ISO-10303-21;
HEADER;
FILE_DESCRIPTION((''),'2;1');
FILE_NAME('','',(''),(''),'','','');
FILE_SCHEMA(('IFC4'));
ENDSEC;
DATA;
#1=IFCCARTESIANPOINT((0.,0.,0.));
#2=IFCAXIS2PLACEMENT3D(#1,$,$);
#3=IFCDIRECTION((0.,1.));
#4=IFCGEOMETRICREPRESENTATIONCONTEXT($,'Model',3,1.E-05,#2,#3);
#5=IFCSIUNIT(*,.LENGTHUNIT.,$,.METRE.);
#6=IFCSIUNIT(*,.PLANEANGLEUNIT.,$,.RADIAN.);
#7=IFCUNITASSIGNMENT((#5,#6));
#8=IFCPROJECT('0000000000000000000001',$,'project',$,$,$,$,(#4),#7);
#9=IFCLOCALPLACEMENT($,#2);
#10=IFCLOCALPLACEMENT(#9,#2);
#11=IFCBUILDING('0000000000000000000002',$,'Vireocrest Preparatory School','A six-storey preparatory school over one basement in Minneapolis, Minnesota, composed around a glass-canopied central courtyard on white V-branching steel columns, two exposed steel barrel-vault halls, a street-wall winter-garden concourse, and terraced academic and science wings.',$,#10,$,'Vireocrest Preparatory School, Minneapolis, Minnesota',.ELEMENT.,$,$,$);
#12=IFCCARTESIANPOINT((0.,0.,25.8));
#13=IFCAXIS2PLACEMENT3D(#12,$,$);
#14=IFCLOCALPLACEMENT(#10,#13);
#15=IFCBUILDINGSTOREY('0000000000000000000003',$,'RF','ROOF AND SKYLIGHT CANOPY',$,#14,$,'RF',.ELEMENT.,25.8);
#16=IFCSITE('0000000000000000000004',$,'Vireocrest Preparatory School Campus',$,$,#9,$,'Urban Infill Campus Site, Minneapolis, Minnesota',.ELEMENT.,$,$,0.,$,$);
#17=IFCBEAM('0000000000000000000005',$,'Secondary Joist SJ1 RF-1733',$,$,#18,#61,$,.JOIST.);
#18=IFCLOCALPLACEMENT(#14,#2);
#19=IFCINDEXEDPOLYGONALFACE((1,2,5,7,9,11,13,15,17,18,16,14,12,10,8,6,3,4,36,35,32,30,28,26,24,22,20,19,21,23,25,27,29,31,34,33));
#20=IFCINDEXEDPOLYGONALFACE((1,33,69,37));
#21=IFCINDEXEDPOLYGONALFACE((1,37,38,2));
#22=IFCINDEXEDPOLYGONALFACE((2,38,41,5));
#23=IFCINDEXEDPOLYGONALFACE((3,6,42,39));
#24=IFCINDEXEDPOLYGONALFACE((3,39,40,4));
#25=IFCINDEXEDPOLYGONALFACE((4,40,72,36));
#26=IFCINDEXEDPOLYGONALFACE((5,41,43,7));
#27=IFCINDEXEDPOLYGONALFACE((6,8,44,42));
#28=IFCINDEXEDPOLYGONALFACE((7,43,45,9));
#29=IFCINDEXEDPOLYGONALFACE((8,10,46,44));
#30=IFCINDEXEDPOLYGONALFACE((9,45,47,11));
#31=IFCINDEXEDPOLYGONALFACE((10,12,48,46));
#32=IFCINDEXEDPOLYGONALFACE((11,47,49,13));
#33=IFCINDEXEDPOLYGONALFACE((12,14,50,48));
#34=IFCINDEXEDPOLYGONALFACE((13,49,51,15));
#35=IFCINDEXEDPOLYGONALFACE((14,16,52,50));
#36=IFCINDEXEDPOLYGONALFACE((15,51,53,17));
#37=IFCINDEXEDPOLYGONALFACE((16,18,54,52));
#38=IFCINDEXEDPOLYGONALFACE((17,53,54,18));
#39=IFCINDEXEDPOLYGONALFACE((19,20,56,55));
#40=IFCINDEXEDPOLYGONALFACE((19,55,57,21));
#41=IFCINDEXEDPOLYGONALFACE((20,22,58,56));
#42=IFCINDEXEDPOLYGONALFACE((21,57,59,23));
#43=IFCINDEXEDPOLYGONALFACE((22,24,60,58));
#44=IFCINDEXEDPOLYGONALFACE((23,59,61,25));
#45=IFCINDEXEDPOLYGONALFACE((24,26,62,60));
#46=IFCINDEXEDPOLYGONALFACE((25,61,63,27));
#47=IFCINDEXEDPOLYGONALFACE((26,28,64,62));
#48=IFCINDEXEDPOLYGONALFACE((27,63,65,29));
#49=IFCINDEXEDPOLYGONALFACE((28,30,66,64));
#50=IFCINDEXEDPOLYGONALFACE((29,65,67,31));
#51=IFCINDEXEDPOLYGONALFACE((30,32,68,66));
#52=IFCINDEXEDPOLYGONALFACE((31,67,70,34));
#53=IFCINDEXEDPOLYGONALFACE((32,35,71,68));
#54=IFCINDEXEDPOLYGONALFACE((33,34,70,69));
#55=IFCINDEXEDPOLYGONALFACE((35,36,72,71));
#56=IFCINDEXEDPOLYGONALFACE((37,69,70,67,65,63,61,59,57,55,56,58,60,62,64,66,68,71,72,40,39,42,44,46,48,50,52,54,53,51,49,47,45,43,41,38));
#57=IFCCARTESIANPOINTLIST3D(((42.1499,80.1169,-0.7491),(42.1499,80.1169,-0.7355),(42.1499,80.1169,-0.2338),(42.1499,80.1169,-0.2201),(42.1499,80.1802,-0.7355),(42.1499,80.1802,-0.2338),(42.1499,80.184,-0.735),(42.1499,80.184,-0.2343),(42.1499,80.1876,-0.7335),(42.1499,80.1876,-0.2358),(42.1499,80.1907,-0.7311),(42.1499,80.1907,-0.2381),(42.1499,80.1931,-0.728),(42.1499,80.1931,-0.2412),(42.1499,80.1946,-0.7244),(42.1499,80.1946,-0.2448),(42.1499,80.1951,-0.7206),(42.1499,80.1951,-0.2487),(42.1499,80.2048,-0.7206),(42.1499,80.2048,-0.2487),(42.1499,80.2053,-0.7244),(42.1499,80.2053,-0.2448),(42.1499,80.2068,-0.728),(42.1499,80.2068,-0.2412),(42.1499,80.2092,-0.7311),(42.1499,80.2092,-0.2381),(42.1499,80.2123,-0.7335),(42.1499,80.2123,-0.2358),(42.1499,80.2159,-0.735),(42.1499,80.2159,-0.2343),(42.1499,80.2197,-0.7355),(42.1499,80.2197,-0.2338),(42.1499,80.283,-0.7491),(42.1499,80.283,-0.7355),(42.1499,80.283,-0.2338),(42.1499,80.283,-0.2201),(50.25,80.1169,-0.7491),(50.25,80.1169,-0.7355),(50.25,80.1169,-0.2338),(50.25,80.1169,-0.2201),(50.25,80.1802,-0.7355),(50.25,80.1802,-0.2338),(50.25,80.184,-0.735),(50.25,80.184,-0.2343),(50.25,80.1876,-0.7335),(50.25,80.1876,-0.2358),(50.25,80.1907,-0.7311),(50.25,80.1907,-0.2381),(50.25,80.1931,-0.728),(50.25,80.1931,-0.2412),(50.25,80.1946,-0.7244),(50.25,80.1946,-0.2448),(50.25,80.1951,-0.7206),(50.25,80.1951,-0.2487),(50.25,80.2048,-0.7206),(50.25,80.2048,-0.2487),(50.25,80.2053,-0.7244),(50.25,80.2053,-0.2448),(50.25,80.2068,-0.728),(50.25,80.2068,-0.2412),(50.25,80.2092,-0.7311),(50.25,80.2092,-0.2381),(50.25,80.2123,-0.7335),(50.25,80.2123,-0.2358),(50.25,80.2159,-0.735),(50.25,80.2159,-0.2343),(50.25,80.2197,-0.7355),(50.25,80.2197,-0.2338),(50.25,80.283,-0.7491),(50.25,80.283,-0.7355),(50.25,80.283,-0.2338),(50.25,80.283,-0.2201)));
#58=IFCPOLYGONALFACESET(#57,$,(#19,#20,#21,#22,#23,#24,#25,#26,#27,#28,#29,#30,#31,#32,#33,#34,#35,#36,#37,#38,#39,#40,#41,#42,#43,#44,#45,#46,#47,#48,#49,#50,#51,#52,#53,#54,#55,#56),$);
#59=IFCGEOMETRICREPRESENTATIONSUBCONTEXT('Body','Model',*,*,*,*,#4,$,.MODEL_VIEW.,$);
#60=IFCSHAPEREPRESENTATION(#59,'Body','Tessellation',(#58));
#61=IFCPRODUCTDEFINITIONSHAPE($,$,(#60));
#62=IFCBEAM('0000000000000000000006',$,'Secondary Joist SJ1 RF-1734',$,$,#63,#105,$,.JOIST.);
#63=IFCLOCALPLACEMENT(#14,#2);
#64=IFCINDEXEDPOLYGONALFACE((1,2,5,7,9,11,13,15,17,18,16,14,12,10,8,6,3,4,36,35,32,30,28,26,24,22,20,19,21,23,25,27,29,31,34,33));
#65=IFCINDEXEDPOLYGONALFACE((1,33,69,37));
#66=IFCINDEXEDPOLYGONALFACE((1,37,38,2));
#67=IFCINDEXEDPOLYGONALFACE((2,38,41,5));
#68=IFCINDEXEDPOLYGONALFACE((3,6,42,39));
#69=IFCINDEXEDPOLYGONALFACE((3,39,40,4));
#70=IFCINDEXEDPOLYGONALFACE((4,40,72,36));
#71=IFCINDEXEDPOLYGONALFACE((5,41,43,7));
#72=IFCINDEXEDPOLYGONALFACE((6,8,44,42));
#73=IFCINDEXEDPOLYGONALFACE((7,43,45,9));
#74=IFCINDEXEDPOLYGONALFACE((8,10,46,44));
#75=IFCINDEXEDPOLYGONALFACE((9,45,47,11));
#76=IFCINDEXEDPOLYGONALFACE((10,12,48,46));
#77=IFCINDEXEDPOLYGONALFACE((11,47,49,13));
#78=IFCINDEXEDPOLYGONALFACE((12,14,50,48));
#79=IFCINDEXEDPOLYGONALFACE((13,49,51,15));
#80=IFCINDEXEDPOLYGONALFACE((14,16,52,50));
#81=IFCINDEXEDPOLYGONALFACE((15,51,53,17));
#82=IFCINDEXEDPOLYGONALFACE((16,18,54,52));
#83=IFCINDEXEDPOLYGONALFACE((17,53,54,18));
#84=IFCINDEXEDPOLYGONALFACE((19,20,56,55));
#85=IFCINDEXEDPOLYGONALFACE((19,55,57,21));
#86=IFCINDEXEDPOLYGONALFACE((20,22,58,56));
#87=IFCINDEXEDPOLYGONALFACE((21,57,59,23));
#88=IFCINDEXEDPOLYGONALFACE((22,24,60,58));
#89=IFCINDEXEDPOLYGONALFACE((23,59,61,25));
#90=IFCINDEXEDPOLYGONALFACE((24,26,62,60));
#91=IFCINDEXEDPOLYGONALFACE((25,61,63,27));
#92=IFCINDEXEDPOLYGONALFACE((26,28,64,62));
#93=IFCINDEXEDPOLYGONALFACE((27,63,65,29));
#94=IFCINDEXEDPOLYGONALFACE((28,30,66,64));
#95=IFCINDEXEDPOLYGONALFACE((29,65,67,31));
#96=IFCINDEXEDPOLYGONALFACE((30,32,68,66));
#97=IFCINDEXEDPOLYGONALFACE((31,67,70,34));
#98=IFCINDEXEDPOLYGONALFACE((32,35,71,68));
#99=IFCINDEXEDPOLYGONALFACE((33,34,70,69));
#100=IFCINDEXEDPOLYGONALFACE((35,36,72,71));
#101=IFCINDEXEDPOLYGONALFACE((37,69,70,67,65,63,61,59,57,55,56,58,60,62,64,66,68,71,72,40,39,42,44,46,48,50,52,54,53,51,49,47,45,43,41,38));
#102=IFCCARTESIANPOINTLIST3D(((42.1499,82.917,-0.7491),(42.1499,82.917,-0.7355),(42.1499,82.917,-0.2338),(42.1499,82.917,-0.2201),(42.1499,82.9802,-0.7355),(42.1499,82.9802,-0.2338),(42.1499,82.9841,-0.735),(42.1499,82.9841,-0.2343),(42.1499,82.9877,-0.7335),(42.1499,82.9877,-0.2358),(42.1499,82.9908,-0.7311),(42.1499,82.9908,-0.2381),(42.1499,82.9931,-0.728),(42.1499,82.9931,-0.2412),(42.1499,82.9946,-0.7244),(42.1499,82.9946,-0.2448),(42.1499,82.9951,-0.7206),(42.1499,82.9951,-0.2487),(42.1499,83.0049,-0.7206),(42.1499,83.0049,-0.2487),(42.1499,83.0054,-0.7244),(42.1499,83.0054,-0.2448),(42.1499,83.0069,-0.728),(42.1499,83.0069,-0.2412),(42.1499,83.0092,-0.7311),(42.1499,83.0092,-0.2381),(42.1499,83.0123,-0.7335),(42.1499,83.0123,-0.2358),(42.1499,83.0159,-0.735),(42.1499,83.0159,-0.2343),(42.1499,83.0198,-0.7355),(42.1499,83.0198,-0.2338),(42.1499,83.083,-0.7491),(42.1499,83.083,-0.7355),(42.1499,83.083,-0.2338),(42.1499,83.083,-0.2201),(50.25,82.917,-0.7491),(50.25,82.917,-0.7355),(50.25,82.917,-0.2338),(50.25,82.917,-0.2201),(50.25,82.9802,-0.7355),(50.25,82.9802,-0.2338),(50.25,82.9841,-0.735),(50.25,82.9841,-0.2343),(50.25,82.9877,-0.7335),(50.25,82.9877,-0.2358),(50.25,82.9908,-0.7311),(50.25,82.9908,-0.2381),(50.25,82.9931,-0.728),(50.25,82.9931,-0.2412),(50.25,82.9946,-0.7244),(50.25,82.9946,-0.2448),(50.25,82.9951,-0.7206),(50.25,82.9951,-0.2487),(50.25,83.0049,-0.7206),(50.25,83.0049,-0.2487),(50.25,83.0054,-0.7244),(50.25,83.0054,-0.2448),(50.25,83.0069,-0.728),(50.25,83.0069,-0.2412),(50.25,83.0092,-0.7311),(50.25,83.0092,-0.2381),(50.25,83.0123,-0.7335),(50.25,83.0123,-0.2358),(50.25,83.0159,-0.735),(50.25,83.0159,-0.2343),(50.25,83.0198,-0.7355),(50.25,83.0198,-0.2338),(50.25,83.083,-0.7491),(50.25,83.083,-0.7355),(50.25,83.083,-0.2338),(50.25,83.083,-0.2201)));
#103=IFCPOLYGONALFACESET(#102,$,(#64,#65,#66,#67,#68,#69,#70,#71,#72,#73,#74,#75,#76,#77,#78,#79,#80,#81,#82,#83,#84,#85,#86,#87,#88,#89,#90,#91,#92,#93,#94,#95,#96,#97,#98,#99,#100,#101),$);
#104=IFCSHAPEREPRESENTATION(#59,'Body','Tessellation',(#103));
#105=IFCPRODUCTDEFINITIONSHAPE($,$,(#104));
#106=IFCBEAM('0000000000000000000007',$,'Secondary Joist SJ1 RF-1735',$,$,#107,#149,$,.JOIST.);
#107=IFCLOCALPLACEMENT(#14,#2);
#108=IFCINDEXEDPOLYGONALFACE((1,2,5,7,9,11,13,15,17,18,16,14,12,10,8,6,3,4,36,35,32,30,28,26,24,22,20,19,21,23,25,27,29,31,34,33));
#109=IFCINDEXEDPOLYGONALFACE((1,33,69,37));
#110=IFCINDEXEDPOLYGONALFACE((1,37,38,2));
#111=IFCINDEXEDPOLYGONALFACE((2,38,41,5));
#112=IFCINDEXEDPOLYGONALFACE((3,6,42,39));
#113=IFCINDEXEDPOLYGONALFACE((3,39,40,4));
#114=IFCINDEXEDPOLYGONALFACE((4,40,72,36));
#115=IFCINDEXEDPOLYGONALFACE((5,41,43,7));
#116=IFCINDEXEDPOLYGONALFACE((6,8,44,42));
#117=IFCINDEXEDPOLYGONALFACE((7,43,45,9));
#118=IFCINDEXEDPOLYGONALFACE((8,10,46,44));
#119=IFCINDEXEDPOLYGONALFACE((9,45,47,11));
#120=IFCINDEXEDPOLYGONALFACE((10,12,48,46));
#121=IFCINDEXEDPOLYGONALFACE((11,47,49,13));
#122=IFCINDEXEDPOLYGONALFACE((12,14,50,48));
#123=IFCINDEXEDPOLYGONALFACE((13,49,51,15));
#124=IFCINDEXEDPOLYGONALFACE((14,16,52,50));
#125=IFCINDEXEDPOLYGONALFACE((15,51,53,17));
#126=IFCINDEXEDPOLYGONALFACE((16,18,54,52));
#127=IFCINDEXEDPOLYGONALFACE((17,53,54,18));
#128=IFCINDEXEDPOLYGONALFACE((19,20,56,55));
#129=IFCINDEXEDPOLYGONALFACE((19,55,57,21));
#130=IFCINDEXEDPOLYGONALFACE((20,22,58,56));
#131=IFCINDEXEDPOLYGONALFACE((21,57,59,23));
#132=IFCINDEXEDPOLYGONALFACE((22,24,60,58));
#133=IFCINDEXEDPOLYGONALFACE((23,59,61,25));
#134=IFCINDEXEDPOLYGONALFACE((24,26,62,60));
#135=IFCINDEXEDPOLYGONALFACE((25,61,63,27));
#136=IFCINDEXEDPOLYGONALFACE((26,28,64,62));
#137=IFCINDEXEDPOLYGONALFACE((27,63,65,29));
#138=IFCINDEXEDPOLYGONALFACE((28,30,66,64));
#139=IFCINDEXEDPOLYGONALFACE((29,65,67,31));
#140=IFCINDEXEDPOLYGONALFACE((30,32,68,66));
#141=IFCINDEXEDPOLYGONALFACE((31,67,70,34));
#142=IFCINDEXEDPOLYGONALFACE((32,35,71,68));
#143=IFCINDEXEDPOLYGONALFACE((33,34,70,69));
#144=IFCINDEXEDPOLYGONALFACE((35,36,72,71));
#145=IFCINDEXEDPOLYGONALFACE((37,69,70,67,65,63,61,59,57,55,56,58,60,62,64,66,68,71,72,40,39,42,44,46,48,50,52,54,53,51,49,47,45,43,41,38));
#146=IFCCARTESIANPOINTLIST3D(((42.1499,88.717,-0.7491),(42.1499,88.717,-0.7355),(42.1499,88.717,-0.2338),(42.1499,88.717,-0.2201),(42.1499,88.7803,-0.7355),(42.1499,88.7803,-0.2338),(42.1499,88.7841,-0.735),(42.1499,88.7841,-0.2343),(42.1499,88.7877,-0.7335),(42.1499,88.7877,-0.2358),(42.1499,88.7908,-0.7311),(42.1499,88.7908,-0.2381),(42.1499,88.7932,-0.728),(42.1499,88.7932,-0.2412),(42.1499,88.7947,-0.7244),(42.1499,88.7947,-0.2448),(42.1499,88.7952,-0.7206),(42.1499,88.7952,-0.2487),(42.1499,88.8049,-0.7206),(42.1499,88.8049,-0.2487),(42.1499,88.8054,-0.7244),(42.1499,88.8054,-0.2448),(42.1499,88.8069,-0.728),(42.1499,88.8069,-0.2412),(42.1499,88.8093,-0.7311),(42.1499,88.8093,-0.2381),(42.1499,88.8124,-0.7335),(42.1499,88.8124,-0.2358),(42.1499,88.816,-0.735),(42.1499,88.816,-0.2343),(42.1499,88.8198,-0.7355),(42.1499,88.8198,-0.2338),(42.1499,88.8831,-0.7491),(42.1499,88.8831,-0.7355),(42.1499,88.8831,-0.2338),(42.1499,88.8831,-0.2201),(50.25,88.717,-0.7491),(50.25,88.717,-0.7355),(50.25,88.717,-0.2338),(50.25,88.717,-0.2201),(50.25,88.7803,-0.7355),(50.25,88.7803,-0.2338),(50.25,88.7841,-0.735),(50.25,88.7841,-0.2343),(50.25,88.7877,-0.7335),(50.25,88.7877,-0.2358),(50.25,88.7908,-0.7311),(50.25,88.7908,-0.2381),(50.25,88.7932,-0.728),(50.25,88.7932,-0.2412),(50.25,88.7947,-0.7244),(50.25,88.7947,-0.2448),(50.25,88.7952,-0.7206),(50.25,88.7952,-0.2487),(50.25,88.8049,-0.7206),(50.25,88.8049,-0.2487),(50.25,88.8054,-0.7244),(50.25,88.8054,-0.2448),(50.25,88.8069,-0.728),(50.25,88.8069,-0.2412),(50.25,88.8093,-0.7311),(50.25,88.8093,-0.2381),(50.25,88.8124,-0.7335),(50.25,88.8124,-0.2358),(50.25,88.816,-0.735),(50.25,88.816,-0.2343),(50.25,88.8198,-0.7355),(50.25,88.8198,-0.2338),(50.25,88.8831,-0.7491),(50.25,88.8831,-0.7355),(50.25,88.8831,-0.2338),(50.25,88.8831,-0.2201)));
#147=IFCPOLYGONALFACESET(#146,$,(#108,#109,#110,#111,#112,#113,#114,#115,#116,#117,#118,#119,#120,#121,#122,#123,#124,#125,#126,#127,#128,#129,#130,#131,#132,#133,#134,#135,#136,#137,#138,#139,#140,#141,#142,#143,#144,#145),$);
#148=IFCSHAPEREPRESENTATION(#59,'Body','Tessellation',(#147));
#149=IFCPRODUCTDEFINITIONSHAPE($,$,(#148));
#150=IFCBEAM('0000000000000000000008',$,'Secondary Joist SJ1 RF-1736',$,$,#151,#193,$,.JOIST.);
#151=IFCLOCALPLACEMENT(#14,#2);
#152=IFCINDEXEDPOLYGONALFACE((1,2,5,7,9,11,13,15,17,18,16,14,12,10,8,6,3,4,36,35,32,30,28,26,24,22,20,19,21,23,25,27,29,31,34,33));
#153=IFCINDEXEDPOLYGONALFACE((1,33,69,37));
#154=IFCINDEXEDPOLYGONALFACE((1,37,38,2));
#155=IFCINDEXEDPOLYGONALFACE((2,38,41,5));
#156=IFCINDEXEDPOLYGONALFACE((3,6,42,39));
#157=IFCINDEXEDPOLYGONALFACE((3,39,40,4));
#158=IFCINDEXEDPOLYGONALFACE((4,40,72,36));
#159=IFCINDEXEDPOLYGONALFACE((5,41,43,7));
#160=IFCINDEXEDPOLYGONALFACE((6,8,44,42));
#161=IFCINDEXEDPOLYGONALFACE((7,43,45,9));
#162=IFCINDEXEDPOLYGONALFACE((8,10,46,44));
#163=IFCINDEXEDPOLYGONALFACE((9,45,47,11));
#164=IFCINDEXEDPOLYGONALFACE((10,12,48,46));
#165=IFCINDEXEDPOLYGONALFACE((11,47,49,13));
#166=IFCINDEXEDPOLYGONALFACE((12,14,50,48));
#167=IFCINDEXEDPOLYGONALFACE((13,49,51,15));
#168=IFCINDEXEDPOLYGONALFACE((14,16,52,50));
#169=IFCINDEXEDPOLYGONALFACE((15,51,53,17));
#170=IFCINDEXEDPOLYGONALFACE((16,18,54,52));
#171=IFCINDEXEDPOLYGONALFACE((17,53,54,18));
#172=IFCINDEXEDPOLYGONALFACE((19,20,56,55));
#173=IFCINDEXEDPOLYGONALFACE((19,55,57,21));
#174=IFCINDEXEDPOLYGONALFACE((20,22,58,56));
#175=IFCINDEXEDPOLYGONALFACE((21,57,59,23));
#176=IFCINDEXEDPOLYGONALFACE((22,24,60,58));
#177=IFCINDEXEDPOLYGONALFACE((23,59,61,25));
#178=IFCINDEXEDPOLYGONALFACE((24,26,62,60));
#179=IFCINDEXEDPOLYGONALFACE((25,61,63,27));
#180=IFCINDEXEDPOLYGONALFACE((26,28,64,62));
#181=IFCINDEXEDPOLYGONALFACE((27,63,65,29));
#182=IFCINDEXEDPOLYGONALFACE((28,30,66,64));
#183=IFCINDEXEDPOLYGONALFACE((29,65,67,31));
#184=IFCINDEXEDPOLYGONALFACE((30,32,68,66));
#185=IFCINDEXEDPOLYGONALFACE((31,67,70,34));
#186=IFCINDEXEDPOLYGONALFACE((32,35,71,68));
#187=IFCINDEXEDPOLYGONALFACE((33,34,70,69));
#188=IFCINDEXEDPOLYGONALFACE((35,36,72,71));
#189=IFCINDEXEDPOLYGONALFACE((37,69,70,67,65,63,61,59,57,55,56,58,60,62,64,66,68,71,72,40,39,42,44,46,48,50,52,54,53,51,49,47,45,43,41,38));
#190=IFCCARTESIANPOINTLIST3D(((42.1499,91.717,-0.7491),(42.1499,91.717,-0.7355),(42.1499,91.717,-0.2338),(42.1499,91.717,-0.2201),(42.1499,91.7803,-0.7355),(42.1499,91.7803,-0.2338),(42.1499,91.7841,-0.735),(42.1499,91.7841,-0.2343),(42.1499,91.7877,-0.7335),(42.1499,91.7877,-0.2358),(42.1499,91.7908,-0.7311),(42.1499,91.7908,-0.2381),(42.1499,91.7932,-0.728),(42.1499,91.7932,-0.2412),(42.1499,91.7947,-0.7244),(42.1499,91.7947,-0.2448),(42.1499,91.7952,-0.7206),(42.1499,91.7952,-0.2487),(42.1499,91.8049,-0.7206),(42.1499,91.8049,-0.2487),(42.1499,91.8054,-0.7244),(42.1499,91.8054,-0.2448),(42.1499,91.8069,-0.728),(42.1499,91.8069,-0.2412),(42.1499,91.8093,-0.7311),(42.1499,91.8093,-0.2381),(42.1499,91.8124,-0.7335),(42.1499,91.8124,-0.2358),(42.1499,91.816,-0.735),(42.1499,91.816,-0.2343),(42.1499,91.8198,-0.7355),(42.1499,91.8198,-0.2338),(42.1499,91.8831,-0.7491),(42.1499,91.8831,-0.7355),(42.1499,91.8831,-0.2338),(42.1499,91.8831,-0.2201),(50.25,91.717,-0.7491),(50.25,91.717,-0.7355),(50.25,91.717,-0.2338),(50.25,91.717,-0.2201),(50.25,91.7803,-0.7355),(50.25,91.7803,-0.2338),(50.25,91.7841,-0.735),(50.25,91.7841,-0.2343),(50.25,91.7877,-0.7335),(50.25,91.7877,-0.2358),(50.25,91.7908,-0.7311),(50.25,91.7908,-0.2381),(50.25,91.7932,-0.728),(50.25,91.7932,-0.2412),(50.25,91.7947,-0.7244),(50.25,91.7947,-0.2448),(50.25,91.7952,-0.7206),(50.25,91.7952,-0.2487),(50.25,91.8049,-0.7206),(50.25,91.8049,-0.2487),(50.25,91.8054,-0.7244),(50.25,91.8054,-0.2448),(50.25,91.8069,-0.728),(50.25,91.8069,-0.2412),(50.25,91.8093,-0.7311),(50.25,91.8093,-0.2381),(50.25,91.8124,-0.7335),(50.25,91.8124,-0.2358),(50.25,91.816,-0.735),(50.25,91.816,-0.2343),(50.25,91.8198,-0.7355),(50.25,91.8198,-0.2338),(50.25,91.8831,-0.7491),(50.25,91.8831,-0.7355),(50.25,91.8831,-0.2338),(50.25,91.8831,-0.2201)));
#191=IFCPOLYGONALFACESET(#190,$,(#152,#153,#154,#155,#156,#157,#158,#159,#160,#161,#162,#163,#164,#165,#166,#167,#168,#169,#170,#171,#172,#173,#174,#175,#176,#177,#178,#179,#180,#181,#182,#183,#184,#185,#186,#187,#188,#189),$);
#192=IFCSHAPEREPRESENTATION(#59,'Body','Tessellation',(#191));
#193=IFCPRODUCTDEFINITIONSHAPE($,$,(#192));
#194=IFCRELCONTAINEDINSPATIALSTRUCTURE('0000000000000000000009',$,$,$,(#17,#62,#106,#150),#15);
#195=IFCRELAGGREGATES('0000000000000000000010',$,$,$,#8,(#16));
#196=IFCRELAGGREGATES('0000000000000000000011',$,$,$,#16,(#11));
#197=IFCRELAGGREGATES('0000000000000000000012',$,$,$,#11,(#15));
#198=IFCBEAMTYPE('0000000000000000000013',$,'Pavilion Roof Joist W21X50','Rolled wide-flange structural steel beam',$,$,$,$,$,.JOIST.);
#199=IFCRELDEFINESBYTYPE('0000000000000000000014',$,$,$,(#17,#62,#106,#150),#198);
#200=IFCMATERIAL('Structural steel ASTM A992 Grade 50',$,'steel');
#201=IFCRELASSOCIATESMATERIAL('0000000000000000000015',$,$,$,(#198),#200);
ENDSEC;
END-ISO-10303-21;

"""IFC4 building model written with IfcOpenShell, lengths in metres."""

from ifc_helpers import new_model, si_unit, direction, frame, origin, origin_2d, place, context, subcontext, project, spatial, i_section, extrude, material, material_profile, profile_set, type_object, element, save


model = new_model("IFC4")

# Units and contexts
model_context = context("Model", 3, precision=1e-05, world=origin(), true_north=direction((0.0, 1.0)))
body_context = subcontext(model_context, "Body", "Model", "MODEL_VIEW")
ifc_project = project(units=[si_unit("LENGTHUNIT", "METRE"), si_unit("PLANEANGLEUNIT", "RADIAN")], contexts=[model_context])

# Site, building, storey
site_placement = place(None, origin())
site = spatial("IfcSite", under=ifc_project, at=site_placement, Name="Vireocrest Preparatory School Campus", LongName="Urban Infill Campus Site, Minneapolis, Minnesota", CompositionType="ELEMENT", RefElevation=0.0)
building_placement = place(site_placement, origin())
building = spatial("IfcBuilding", under=site, at=building_placement, Name="Vireocrest Preparatory School", Description="A six-storey preparatory school over one basement in Minneapolis, Minnesota, composed around a glass-canopied central courtyard on white V-branching steel columns, two exposed steel barrel-vault halls, a street-wall winter-garden concourse, and terraced academic and science wings.", LongName="Vireocrest Preparatory School, Minneapolis, Minnesota", CompositionType="ELEMENT")
storey_placement = place(building_placement, frame((0.0, 0.0, 25.8)))
storey = spatial("IfcBuildingStorey", under=building, at=storey_placement, Name="RF", Description="ROOF AND SKYLIGHT CANOPY", LongName="RF", CompositionType="ELEMENT", Elevation=25.8)

# Beams
ifc_material_1 = material(Name="Structural steel ASTM A992 Grade 50", Category="steel")
ifc_material_profile_1 = material_profile(ifc_material_1, i_section(OverallWidth=0.166, OverallDepth=0.5291, WebThickness=0.0098, FlangeThickness=0.0137, FilletRadius=0.0149, at=origin_2d()), Name="W21X50")
ifc_profile_set_1 = profile_set([ifc_material_profile_1], Name="Structural steel ASTM A992 Grade 50")
beam_type_1 = type_object("IfcBeamType", Name="Pavilion Roof Joist W21X50", Description="Rolled wide-flange structural steel beam", PredefinedType="JOIST", material=ifc_profile_set_1)
for number, where, z_axis, x_axis, name in (
    (1, (42.1499, 80.2, -0.4846), (1.0, 0.0, 0.0), (0.0, 1.0, 0.0), "Secondary Joist SJ1 RF-1733"),
    (2, (42.1499, 83.0, -0.4846), (1.0, 0.0, 0.0), (0.0, 1.0, 0.0), "Secondary Joist SJ1 RF-1734"),
    (3, (42.1499, 88.8, -0.4846), (1.0, 0.0, 0.0), (0.0, 1.0, 0.0), "Secondary Joist SJ1 RF-1735"),
    (4, (42.1499, 91.8, -0.4846), (1.0, 0.0, 0.0), (0.0, 1.0, 0.0), "Secondary Joist SJ1 RF-1736"),
):
    element("IfcBeam", number, at=place(storey_placement, frame(where, z_axis=z_axis, x_axis=x_axis)), inside=storey, type_object=beam_type_1, Name=name, PredefinedType="JOIST", context=body_context, shape_type="SweptSolid", body=[
        extrude(i_section(OverallWidth=0.166, OverallDepth=0.5291, WebThickness=0.0098, FlangeThickness=0.0137, FilletRadius=0.0149, at=origin_2d()), origin(), (0.0, 0.0, 1.0), 8.1001),
    ])

save(model, "model.ifc")
